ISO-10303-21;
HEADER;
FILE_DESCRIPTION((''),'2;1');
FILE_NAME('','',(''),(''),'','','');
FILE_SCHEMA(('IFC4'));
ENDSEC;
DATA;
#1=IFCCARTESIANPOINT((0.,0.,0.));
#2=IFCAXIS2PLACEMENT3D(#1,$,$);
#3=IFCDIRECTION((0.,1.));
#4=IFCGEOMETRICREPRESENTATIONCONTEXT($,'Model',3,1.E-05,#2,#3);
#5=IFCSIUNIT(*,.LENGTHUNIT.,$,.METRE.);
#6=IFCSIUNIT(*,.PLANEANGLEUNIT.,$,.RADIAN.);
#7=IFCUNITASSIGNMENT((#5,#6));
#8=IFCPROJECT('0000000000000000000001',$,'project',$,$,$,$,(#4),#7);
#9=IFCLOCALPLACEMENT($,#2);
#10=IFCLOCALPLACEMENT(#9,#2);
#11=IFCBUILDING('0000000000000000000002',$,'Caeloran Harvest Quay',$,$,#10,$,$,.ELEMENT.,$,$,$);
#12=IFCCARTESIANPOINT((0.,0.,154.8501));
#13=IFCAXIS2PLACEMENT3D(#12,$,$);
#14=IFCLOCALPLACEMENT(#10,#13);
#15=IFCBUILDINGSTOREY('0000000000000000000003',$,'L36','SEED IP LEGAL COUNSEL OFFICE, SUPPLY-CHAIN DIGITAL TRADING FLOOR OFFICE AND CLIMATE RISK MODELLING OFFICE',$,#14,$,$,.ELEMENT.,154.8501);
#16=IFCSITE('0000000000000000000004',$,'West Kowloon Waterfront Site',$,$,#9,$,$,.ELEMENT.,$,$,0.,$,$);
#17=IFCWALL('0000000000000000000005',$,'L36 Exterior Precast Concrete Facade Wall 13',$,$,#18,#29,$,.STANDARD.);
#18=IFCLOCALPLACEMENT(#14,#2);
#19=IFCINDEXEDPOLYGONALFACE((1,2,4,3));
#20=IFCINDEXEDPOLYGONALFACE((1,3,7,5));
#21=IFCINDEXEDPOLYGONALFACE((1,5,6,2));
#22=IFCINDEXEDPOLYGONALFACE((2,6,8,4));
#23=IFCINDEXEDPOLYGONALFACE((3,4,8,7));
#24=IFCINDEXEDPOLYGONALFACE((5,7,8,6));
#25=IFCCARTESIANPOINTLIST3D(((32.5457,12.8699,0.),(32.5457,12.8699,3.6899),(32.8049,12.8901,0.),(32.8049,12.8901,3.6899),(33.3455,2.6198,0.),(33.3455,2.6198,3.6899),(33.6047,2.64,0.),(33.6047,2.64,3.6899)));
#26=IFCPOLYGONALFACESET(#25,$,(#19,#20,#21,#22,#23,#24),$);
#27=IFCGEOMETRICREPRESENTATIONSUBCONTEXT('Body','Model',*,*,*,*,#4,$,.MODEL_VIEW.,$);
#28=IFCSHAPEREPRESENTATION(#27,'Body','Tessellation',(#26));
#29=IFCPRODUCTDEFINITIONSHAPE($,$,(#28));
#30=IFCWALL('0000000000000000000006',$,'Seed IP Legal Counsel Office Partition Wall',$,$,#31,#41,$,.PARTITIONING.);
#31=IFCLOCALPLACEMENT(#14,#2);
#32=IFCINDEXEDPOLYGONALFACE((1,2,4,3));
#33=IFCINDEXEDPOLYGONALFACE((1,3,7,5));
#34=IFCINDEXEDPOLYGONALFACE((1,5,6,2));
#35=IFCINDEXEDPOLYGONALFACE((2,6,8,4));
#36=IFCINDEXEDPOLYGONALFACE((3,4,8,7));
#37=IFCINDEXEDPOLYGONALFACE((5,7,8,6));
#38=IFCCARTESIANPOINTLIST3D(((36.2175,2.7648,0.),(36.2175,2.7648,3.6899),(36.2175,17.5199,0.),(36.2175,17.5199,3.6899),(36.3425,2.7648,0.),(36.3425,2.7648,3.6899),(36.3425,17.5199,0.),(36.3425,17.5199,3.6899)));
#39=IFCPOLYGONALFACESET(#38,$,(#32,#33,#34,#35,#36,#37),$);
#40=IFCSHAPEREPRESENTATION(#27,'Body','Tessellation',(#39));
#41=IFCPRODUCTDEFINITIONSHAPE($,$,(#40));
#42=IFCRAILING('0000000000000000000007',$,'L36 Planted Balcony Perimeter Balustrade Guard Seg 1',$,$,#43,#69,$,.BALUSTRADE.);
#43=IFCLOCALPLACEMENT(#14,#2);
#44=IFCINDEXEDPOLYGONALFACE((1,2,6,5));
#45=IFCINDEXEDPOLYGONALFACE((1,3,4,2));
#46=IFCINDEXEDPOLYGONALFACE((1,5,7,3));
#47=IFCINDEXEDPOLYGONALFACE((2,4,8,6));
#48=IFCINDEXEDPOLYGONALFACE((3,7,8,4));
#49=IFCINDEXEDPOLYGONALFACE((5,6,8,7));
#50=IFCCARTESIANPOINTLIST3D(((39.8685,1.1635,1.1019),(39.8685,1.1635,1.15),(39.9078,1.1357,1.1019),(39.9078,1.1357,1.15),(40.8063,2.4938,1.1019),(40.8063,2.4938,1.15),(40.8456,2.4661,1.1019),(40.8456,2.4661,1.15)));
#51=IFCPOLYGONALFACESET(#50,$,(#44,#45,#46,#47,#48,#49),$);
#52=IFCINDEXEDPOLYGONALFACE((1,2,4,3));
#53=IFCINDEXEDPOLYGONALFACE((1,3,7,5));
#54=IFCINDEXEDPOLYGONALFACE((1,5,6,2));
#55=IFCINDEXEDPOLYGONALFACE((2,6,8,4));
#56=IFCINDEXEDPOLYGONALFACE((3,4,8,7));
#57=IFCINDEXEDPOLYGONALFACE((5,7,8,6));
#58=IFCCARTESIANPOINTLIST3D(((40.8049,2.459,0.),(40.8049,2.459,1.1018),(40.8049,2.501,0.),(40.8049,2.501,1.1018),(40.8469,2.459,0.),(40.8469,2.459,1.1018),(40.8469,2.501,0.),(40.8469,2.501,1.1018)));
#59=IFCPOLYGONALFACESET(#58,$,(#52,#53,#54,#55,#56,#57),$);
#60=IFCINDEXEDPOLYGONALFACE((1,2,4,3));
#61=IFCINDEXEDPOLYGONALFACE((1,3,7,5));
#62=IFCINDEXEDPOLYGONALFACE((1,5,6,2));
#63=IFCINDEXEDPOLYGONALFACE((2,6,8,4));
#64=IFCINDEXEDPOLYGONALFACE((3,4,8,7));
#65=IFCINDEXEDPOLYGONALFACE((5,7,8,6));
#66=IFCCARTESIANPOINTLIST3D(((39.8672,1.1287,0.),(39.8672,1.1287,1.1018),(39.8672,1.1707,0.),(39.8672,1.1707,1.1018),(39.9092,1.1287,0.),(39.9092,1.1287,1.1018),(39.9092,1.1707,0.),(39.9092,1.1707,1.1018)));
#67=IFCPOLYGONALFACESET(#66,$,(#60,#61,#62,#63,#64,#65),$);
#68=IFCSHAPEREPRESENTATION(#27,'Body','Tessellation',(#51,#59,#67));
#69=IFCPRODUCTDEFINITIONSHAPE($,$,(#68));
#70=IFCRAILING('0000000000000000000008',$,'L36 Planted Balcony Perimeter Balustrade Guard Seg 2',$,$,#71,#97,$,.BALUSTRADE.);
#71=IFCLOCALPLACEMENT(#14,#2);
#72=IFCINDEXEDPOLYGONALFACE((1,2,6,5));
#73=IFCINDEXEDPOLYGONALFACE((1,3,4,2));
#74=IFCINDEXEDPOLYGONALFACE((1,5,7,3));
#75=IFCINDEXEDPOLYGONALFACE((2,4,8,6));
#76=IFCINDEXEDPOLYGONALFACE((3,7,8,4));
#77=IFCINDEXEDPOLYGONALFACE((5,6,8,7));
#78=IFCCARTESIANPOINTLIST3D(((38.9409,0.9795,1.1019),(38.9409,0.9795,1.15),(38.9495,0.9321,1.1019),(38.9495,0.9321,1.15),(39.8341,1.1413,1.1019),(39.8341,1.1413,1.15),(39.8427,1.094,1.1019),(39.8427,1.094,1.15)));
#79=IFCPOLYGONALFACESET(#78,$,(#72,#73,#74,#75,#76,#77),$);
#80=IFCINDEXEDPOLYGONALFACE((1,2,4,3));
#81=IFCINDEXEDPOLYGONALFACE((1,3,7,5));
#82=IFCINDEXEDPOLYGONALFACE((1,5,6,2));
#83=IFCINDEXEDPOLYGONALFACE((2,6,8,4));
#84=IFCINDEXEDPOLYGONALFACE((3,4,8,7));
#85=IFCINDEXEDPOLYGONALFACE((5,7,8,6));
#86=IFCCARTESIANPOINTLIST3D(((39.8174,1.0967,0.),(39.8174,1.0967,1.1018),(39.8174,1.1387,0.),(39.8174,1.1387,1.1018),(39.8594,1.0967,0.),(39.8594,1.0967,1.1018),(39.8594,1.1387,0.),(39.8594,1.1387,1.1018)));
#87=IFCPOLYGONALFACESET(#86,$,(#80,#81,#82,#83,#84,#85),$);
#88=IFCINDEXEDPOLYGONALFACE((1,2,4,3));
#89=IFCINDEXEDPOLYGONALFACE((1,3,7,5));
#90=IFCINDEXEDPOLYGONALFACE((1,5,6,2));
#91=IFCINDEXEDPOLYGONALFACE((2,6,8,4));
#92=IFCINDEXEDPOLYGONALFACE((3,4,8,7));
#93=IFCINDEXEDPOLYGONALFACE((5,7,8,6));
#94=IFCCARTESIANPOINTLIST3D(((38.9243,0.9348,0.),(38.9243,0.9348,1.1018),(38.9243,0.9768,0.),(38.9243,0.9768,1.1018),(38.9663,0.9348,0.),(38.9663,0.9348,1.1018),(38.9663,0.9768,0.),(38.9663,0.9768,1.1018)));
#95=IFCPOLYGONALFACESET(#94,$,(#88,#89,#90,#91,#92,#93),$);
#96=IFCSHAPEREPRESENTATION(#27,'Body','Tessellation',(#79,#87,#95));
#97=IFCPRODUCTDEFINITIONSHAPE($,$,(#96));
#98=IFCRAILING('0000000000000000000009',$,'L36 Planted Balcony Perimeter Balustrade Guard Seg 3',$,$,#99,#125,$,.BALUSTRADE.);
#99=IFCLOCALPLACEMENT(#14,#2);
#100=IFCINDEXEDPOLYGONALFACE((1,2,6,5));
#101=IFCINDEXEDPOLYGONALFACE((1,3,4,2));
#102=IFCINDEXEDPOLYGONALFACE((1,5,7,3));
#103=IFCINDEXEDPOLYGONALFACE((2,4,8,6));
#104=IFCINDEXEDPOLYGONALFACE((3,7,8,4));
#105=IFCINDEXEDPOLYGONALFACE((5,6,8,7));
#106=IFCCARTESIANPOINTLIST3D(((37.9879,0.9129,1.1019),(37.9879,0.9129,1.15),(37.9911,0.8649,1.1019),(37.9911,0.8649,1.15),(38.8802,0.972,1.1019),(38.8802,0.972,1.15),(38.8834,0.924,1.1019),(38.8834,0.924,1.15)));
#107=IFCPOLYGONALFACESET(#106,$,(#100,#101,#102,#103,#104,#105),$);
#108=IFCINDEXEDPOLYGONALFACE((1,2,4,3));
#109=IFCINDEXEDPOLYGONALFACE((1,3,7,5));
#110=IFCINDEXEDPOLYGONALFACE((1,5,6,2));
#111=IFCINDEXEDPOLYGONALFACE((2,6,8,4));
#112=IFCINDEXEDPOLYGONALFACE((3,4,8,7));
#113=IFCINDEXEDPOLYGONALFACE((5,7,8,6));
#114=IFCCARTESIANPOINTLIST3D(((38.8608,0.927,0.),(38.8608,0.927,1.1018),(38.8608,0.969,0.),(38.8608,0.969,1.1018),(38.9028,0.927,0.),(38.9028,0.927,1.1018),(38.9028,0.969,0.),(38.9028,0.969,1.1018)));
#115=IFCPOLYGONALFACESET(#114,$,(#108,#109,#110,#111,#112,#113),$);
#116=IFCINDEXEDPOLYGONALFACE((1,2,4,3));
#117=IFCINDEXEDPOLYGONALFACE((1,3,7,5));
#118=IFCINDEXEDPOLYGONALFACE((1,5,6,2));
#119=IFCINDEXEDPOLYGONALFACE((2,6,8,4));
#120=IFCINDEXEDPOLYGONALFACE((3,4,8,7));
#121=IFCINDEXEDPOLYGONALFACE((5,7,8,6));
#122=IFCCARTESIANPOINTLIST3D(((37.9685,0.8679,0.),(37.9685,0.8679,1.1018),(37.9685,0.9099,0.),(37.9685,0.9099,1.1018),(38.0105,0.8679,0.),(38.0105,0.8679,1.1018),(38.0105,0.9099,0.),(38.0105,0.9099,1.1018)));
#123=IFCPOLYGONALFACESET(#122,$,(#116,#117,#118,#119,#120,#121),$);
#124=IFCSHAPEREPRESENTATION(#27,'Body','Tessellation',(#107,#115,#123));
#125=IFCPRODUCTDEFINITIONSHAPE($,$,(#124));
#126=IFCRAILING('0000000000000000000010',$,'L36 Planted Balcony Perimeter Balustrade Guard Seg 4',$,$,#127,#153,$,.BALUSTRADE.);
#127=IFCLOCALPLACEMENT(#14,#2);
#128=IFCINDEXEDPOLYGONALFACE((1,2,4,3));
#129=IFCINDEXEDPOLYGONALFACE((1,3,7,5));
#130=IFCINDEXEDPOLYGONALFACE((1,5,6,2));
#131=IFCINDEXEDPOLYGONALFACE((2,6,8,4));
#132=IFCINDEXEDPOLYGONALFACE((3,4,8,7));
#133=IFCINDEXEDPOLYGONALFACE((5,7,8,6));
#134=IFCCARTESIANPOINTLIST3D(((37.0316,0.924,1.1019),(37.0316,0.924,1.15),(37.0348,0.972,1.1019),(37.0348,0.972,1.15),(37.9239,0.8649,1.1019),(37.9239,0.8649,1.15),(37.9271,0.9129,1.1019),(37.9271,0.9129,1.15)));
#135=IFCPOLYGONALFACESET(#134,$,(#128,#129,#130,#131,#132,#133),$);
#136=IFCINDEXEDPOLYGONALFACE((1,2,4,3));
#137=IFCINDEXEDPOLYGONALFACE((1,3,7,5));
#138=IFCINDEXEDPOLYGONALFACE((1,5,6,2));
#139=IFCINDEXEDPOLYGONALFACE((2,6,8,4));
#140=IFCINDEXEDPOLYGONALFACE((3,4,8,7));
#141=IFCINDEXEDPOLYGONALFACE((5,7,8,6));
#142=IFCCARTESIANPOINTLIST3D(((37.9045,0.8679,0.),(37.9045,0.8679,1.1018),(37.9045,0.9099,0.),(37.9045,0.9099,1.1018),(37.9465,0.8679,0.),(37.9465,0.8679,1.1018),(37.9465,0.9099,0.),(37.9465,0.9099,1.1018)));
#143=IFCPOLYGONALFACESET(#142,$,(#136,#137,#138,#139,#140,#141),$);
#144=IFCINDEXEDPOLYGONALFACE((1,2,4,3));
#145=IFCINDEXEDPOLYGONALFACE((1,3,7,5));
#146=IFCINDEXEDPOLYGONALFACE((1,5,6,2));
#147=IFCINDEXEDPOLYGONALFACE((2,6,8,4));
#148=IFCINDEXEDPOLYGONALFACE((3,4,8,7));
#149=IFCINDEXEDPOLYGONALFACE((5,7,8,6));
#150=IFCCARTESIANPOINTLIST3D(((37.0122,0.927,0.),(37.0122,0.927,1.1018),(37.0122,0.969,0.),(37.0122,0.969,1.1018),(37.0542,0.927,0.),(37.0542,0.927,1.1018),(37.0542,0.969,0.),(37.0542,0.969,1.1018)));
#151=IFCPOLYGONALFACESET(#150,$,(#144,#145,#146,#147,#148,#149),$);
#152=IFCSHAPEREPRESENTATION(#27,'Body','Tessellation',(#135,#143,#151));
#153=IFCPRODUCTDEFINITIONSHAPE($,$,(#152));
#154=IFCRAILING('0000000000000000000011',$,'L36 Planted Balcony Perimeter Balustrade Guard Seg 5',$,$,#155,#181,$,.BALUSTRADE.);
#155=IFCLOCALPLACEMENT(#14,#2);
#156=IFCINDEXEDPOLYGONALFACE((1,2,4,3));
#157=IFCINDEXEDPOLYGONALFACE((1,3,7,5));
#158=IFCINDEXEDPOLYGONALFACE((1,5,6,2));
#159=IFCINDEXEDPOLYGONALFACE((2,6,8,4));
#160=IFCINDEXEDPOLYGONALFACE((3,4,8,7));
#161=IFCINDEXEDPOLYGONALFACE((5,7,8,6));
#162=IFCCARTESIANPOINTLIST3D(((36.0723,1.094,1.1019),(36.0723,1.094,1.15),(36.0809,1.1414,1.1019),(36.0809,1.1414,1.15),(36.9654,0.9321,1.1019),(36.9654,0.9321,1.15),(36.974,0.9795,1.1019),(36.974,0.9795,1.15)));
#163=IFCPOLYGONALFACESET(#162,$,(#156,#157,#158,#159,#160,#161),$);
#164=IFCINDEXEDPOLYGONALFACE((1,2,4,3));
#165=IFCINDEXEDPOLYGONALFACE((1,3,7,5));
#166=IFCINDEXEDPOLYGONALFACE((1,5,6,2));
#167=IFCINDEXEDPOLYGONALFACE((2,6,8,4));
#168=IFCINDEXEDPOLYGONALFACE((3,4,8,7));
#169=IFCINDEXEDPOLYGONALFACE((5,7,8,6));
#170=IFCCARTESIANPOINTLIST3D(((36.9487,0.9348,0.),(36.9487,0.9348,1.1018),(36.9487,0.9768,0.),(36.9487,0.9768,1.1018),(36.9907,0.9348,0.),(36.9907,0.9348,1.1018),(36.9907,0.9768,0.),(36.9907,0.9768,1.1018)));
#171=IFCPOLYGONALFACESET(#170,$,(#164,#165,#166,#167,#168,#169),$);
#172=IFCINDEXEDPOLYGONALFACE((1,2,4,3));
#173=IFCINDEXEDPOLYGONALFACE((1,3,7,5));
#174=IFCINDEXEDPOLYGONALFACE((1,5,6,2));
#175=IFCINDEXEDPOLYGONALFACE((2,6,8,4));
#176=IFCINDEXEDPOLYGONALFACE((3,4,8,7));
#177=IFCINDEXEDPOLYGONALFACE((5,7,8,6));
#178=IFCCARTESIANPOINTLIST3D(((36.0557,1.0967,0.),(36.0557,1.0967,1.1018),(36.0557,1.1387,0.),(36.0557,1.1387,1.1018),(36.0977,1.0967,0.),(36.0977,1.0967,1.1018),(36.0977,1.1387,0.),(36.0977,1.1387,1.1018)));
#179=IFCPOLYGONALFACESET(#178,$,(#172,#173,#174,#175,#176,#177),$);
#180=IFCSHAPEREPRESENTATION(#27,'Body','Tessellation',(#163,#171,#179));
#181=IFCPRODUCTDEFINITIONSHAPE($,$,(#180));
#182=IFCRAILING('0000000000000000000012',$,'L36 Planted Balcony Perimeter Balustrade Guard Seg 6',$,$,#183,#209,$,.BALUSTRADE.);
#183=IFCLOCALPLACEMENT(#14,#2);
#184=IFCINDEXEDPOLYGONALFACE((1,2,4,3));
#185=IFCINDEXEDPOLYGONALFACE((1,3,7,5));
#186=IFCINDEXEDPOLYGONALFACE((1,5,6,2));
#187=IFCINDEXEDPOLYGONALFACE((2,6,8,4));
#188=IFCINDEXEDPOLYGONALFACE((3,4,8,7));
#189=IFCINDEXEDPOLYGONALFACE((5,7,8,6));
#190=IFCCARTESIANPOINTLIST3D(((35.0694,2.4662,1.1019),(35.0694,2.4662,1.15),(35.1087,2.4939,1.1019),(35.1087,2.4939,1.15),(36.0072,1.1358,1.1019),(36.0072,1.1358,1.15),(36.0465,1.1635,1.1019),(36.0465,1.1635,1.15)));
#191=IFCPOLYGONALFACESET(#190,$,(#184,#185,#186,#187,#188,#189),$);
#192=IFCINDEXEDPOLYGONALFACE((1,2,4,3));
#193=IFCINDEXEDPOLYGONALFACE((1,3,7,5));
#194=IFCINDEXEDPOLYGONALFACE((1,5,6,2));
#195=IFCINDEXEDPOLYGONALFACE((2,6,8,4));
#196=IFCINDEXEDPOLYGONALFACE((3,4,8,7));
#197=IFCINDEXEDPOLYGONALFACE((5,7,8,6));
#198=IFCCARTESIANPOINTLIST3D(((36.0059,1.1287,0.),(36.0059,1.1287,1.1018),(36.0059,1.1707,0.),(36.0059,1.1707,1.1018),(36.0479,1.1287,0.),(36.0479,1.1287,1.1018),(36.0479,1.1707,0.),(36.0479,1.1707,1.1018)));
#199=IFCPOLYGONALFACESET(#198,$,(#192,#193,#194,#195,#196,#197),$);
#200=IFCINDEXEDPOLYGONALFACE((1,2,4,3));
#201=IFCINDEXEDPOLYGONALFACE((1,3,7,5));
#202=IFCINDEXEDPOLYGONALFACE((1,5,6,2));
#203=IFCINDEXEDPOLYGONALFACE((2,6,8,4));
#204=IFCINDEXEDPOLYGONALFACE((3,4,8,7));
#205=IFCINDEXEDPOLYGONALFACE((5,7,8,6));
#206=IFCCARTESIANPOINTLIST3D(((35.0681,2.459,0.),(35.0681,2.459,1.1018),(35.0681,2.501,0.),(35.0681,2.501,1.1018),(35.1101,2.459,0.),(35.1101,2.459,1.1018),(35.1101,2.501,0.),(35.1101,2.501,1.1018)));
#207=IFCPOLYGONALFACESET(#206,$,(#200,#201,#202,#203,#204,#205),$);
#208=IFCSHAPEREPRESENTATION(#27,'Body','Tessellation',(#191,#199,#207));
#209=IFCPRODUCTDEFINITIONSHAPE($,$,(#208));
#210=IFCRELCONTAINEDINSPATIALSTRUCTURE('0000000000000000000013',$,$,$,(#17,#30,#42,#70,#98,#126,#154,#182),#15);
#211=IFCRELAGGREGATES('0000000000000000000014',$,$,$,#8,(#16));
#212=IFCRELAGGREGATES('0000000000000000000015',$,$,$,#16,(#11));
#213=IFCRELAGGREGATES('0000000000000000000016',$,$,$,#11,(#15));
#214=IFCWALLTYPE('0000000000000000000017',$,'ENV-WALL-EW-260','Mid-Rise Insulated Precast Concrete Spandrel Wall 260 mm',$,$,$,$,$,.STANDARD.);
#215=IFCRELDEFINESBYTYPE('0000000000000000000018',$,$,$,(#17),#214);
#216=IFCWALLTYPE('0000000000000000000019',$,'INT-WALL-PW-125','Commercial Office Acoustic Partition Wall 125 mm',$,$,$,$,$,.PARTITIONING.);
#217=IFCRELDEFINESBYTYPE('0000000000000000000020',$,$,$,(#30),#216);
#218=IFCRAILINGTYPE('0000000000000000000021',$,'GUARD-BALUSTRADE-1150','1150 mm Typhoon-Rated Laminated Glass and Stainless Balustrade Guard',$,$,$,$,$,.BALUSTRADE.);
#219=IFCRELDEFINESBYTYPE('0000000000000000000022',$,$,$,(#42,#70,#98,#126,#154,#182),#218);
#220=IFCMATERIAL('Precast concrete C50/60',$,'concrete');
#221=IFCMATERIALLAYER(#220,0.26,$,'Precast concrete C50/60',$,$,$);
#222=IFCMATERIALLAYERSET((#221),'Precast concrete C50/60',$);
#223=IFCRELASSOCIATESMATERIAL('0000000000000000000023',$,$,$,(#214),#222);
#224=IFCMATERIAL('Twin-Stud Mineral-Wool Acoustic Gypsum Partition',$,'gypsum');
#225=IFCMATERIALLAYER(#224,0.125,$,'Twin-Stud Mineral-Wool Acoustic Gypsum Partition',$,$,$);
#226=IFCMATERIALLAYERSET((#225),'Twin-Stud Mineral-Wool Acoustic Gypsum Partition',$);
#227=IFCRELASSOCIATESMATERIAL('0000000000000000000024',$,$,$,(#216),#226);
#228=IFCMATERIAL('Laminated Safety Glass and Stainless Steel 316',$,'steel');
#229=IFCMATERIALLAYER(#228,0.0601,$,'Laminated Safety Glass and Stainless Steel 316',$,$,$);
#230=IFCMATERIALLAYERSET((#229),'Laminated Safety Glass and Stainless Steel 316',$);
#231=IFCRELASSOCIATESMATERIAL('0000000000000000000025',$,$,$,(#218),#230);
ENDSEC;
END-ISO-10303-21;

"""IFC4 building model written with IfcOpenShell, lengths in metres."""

from ifc_helpers import new_model, si_unit, direction, frame, frame_2d, origin, origin_2d, place, context, subcontext, project, spatial, rectangle, extrude, material, layer, layer_set, type_object, element, save


model = new_model("IFC4")

# Units and contexts
model_context = context("Model", 3, precision=1e-05, world=origin(), true_north=direction((0.0, 1.0)))
body_context = subcontext(model_context, "Body", "Model", "MODEL_VIEW")
ifc_project = project(units=[si_unit("LENGTHUNIT", "METRE"), si_unit("PLANEANGLEUNIT", "RADIAN")], contexts=[model_context])

# Site, building, storey
site_placement = place(None, origin())
site = spatial("IfcSite", under=ifc_project, at=site_placement, Name="West Kowloon Waterfront Site", CompositionType="ELEMENT", RefElevation=0.0)
building_placement = place(site_placement, origin())
building = spatial("IfcBuilding", under=site, at=building_placement, Name="Caeloran Harvest Quay", CompositionType="ELEMENT")
storey_placement = place(building_placement, frame((0.0, 0.0, 154.8501)))
storey = spatial("IfcBuildingStorey", under=building, at=storey_placement, Name="L36", Description="SEED IP LEGAL COUNSEL OFFICE, SUPPLY-CHAIN DIGITAL TRADING FLOOR OFFICE AND CLIMATE RISK MODELLING OFFICE", CompositionType="ELEMENT", Elevation=154.8501)

# Shared definitions
ifc_material_1 = material(Name="Precast concrete C50/60", Category="concrete")

# Shared definitions
ifc_layer_1 = layer(ifc_material_1, 0.26, Name="Precast concrete C50/60")
ifc_layer_set_1 = layer_set([ifc_layer_1], Name="Precast concrete C50/60")
wall_type_1 = type_object("IfcWallType", Name="ENV-WALL-EW-260", Description="Mid-Rise Insulated Precast Concrete Spandrel Wall 260 mm", PredefinedType="STANDARD", material=ifc_layer_set_1)

# Walls
wall_1_placement = place(storey_placement, frame((33.4751, 2.6299, 0.0), z_axis=(0.0, 0.0, 1.0), x_axis=(-0.077793, 0.99697, 0.0)))
element("IfcWall", 1, at=wall_1_placement, inside=storey, type_object=wall_type_1, Name="L36 Exterior Precast Concrete Facade Wall 13", PredefinedType="STANDARD", context=body_context, shape_type="SweptSolid", body=[
    extrude(rectangle(XDim=10.2812, YDim=0.26, at=frame_2d((5.1406, 0.0))), origin(), (0.0, 0.0, 1.0), 3.6899),
])
ifc_material_2 = material(Name="Twin-Stud Mineral-Wool Acoustic Gypsum Partition", Category="gypsum")
ifc_layer_2 = layer(ifc_material_2, 0.125, Name="Twin-Stud Mineral-Wool Acoustic Gypsum Partition")
ifc_layer_set_2 = layer_set([ifc_layer_2], Name="Twin-Stud Mineral-Wool Acoustic Gypsum Partition")
wall_type_2 = type_object("IfcWallType", Name="INT-WALL-PW-125", Description="Commercial Office Acoustic Partition Wall 125 mm", PredefinedType="PARTITIONING", material=ifc_layer_set_2)
wall_2_placement = place(storey_placement, frame((36.28, 2.7649, 0.0), z_axis=(0.0, 0.0, 1.0), x_axis=(0.0, 1.0, 0.0)))
element("IfcWall", 2, at=wall_2_placement, inside=storey, type_object=wall_type_2, Name="Seed IP Legal Counsel Office Partition Wall", PredefinedType="PARTITIONING", context=body_context, shape_type="SweptSolid", body=[
    extrude(rectangle(XDim=14.7551, YDim=0.125, at=frame_2d((7.3774, 0.0))), origin(), (0.0, 0.0, 1.0), 3.6899),
])

# Railings
ifc_material_3 = material(Name="Laminated Safety Glass and Stainless Steel 316", Category="steel")
ifc_layer_3 = layer(ifc_material_3, 0.0601, Name="Laminated Safety Glass and Stainless Steel 316")
ifc_layer_set_3 = layer_set([ifc_layer_3], Name="Laminated Safety Glass and Stainless Steel 316")
railing_type = type_object("IfcRailingType", Name="GUARD-BALUSTRADE-1150", Description="1150 mm Typhoon-Rated Laminated Glass and Stainless Balustrade Guard", PredefinedType="BALUSTRADE", material=ifc_layer_set_3)
railing_1_placement = place(storey_placement, frame((40.8259, 2.48, 0.0)))
element("IfcRailing", 3, at=railing_1_placement, inside=storey, type_object=railing_type, Name="L36 Planted Balcony Perimeter Balustrade Guard Seg 1", PredefinedType="BALUSTRADE", context=body_context, shape_type="SweptSolid", body=[
    extrude(rectangle(XDim=0.0481, YDim=0.0481, at=origin_2d()), frame((0.0, 0.0, 1.126), z_axis=(-0.576147, -0.817346, 0.0), x_axis=(0.817346, -0.576147, 0.0)), (0.0, 0.0, 1.0), 1.6277),
    extrude(rectangle(XDim=0.042, YDim=0.042, at=origin_2d()), origin(), (0.0, 0.0, 1.0), 1.1018),
    extrude(rectangle(XDim=0.042, YDim=0.042, at=origin_2d()), frame((-0.9377, -1.3303, 0.0)), (0.0, 0.0, 1.0), 1.1018),
])
railing_2_placement = place(storey_placement, frame((39.8384, 1.1177, 0.0)))
element("IfcRailing", 4, at=railing_2_placement, inside=storey, type_object=railing_type, Name="L36 Planted Balcony Perimeter Balustrade Guard Seg 2", PredefinedType="BALUSTRADE", context=body_context, shape_type="SweptSolid", body=[
    extrude(rectangle(XDim=0.0481, YDim=0.0481, at=origin_2d()), frame((0.0, 0.0, 1.126), z_axis=(-0.983969, -0.178341, 0.0), x_axis=(0.178341, -0.983969, 0.0)), (0.0, 0.0, 1.0), 0.9077),
    extrude(rectangle(XDim=0.042, YDim=0.042, at=origin_2d()), origin(), (0.0, 0.0, 1.0), 1.1018),
    extrude(rectangle(XDim=0.042, YDim=0.042, at=origin_2d()), frame((-0.8931, -0.1619, 0.0)), (0.0, 0.0, 1.0), 1.1018),
])
railing_3_placement = place(storey_placement, frame((38.8818, 0.948, 0.0)))
element("IfcRailing", 5, at=railing_3_placement, inside=storey, type_object=railing_type, Name="L36 Planted Balcony Perimeter Balustrade Guard Seg 3", PredefinedType="BALUSTRADE", context=body_context, shape_type="SweptSolid", body=[
    extrude(rectangle(XDim=0.0481, YDim=0.0481, at=origin_2d()), frame((0.0, 0.0, 1.126), z_axis=(-0.997815, -0.066066, 0.0), x_axis=(0.066066, -0.997815, 0.0)), (0.0, 0.0, 1.0), 0.8943),
    extrude(rectangle(XDim=0.042, YDim=0.042, at=origin_2d()), origin(), (0.0, 0.0, 1.0), 1.1018),
    extrude(rectangle(XDim=0.042, YDim=0.042, at=origin_2d()), frame((-0.8923, -0.0591, 0.0)), (0.0, 0.0, 1.0), 1.1018),
])
railing_4_placement = place(storey_placement, frame((37.9255, 0.8889, 0.0)))
element("IfcRailing", 6, at=railing_4_placement, inside=storey, type_object=railing_type, Name="L36 Planted Balcony Perimeter Balustrade Guard Seg 4", PredefinedType="BALUSTRADE", context=body_context, shape_type="SweptSolid", body=[
    extrude(rectangle(XDim=0.0481, YDim=0.0481, at=origin_2d()), frame((0.0, 0.0, 1.126), z_axis=(-0.997815, 0.066066, 0.0), x_axis=(-0.066066, -0.997815, 0.0)), (0.0, 0.0, 1.0), 0.8943),
    extrude(rectangle(XDim=0.042, YDim=0.042, at=origin_2d()), origin(), (0.0, 0.0, 1.0), 1.1018),
    extrude(rectangle(XDim=0.042, YDim=0.042, at=origin_2d()), frame((-0.8923, 0.0591, 0.0)), (0.0, 0.0, 1.0), 1.1018),
])
railing_5_placement = place(storey_placement, frame((36.9697, 0.9558, 0.0)))
element("IfcRailing", 7, at=railing_5_placement, inside=storey, type_object=railing_type, Name="L36 Planted Balcony Perimeter Balustrade Guard Seg 5", PredefinedType="BALUSTRADE", context=body_context, shape_type="SweptSolid", body=[
    extrude(rectangle(XDim=0.0481, YDim=0.0481, at=origin_2d()), frame((0.0, 0.0, 1.126), z_axis=(-0.983969, 0.178341, 0.0), x_axis=(-0.178341, -0.983969, 0.0)), (0.0, 0.0, 1.0), 0.9077),
    extrude(rectangle(XDim=0.042, YDim=0.042, at=origin_2d()), origin(), (0.0, 0.0, 1.0), 1.1018),
    extrude(rectangle(XDim=0.042, YDim=0.042, at=origin_2d()), frame((-0.8931, 0.1619, 0.0)), (0.0, 0.0, 1.0), 1.1018),
])
railing_6_placement = place(storey_placement, frame((36.0269, 1.1497, 0.0)))
element("IfcRailing", 8, at=railing_6_placement, inside=storey, type_object=railing_type, Name="L36 Planted Balcony Perimeter Balustrade Guard Seg 6", PredefinedType="BALUSTRADE", context=body_context, shape_type="SweptSolid", body=[
    extrude(rectangle(XDim=0.0481, YDim=0.0481, at=origin_2d()), frame((0.0, 0.0, 1.126), z_axis=(-0.576147, 0.817346, 0.0), x_axis=(-0.817346, -0.576147, 0.0)), (0.0, 0.0, 1.0), 1.6277),
    extrude(rectangle(XDim=0.042, YDim=0.042, at=origin_2d()), origin(), (0.0, 0.0, 1.0), 1.1018),
    extrude(rectangle(XDim=0.042, YDim=0.042, at=origin_2d()), frame((-0.9377, 1.3303, 0.0)), (0.0, 0.0, 1.0), 1.1018),
])

save(model, "model.ifc")
